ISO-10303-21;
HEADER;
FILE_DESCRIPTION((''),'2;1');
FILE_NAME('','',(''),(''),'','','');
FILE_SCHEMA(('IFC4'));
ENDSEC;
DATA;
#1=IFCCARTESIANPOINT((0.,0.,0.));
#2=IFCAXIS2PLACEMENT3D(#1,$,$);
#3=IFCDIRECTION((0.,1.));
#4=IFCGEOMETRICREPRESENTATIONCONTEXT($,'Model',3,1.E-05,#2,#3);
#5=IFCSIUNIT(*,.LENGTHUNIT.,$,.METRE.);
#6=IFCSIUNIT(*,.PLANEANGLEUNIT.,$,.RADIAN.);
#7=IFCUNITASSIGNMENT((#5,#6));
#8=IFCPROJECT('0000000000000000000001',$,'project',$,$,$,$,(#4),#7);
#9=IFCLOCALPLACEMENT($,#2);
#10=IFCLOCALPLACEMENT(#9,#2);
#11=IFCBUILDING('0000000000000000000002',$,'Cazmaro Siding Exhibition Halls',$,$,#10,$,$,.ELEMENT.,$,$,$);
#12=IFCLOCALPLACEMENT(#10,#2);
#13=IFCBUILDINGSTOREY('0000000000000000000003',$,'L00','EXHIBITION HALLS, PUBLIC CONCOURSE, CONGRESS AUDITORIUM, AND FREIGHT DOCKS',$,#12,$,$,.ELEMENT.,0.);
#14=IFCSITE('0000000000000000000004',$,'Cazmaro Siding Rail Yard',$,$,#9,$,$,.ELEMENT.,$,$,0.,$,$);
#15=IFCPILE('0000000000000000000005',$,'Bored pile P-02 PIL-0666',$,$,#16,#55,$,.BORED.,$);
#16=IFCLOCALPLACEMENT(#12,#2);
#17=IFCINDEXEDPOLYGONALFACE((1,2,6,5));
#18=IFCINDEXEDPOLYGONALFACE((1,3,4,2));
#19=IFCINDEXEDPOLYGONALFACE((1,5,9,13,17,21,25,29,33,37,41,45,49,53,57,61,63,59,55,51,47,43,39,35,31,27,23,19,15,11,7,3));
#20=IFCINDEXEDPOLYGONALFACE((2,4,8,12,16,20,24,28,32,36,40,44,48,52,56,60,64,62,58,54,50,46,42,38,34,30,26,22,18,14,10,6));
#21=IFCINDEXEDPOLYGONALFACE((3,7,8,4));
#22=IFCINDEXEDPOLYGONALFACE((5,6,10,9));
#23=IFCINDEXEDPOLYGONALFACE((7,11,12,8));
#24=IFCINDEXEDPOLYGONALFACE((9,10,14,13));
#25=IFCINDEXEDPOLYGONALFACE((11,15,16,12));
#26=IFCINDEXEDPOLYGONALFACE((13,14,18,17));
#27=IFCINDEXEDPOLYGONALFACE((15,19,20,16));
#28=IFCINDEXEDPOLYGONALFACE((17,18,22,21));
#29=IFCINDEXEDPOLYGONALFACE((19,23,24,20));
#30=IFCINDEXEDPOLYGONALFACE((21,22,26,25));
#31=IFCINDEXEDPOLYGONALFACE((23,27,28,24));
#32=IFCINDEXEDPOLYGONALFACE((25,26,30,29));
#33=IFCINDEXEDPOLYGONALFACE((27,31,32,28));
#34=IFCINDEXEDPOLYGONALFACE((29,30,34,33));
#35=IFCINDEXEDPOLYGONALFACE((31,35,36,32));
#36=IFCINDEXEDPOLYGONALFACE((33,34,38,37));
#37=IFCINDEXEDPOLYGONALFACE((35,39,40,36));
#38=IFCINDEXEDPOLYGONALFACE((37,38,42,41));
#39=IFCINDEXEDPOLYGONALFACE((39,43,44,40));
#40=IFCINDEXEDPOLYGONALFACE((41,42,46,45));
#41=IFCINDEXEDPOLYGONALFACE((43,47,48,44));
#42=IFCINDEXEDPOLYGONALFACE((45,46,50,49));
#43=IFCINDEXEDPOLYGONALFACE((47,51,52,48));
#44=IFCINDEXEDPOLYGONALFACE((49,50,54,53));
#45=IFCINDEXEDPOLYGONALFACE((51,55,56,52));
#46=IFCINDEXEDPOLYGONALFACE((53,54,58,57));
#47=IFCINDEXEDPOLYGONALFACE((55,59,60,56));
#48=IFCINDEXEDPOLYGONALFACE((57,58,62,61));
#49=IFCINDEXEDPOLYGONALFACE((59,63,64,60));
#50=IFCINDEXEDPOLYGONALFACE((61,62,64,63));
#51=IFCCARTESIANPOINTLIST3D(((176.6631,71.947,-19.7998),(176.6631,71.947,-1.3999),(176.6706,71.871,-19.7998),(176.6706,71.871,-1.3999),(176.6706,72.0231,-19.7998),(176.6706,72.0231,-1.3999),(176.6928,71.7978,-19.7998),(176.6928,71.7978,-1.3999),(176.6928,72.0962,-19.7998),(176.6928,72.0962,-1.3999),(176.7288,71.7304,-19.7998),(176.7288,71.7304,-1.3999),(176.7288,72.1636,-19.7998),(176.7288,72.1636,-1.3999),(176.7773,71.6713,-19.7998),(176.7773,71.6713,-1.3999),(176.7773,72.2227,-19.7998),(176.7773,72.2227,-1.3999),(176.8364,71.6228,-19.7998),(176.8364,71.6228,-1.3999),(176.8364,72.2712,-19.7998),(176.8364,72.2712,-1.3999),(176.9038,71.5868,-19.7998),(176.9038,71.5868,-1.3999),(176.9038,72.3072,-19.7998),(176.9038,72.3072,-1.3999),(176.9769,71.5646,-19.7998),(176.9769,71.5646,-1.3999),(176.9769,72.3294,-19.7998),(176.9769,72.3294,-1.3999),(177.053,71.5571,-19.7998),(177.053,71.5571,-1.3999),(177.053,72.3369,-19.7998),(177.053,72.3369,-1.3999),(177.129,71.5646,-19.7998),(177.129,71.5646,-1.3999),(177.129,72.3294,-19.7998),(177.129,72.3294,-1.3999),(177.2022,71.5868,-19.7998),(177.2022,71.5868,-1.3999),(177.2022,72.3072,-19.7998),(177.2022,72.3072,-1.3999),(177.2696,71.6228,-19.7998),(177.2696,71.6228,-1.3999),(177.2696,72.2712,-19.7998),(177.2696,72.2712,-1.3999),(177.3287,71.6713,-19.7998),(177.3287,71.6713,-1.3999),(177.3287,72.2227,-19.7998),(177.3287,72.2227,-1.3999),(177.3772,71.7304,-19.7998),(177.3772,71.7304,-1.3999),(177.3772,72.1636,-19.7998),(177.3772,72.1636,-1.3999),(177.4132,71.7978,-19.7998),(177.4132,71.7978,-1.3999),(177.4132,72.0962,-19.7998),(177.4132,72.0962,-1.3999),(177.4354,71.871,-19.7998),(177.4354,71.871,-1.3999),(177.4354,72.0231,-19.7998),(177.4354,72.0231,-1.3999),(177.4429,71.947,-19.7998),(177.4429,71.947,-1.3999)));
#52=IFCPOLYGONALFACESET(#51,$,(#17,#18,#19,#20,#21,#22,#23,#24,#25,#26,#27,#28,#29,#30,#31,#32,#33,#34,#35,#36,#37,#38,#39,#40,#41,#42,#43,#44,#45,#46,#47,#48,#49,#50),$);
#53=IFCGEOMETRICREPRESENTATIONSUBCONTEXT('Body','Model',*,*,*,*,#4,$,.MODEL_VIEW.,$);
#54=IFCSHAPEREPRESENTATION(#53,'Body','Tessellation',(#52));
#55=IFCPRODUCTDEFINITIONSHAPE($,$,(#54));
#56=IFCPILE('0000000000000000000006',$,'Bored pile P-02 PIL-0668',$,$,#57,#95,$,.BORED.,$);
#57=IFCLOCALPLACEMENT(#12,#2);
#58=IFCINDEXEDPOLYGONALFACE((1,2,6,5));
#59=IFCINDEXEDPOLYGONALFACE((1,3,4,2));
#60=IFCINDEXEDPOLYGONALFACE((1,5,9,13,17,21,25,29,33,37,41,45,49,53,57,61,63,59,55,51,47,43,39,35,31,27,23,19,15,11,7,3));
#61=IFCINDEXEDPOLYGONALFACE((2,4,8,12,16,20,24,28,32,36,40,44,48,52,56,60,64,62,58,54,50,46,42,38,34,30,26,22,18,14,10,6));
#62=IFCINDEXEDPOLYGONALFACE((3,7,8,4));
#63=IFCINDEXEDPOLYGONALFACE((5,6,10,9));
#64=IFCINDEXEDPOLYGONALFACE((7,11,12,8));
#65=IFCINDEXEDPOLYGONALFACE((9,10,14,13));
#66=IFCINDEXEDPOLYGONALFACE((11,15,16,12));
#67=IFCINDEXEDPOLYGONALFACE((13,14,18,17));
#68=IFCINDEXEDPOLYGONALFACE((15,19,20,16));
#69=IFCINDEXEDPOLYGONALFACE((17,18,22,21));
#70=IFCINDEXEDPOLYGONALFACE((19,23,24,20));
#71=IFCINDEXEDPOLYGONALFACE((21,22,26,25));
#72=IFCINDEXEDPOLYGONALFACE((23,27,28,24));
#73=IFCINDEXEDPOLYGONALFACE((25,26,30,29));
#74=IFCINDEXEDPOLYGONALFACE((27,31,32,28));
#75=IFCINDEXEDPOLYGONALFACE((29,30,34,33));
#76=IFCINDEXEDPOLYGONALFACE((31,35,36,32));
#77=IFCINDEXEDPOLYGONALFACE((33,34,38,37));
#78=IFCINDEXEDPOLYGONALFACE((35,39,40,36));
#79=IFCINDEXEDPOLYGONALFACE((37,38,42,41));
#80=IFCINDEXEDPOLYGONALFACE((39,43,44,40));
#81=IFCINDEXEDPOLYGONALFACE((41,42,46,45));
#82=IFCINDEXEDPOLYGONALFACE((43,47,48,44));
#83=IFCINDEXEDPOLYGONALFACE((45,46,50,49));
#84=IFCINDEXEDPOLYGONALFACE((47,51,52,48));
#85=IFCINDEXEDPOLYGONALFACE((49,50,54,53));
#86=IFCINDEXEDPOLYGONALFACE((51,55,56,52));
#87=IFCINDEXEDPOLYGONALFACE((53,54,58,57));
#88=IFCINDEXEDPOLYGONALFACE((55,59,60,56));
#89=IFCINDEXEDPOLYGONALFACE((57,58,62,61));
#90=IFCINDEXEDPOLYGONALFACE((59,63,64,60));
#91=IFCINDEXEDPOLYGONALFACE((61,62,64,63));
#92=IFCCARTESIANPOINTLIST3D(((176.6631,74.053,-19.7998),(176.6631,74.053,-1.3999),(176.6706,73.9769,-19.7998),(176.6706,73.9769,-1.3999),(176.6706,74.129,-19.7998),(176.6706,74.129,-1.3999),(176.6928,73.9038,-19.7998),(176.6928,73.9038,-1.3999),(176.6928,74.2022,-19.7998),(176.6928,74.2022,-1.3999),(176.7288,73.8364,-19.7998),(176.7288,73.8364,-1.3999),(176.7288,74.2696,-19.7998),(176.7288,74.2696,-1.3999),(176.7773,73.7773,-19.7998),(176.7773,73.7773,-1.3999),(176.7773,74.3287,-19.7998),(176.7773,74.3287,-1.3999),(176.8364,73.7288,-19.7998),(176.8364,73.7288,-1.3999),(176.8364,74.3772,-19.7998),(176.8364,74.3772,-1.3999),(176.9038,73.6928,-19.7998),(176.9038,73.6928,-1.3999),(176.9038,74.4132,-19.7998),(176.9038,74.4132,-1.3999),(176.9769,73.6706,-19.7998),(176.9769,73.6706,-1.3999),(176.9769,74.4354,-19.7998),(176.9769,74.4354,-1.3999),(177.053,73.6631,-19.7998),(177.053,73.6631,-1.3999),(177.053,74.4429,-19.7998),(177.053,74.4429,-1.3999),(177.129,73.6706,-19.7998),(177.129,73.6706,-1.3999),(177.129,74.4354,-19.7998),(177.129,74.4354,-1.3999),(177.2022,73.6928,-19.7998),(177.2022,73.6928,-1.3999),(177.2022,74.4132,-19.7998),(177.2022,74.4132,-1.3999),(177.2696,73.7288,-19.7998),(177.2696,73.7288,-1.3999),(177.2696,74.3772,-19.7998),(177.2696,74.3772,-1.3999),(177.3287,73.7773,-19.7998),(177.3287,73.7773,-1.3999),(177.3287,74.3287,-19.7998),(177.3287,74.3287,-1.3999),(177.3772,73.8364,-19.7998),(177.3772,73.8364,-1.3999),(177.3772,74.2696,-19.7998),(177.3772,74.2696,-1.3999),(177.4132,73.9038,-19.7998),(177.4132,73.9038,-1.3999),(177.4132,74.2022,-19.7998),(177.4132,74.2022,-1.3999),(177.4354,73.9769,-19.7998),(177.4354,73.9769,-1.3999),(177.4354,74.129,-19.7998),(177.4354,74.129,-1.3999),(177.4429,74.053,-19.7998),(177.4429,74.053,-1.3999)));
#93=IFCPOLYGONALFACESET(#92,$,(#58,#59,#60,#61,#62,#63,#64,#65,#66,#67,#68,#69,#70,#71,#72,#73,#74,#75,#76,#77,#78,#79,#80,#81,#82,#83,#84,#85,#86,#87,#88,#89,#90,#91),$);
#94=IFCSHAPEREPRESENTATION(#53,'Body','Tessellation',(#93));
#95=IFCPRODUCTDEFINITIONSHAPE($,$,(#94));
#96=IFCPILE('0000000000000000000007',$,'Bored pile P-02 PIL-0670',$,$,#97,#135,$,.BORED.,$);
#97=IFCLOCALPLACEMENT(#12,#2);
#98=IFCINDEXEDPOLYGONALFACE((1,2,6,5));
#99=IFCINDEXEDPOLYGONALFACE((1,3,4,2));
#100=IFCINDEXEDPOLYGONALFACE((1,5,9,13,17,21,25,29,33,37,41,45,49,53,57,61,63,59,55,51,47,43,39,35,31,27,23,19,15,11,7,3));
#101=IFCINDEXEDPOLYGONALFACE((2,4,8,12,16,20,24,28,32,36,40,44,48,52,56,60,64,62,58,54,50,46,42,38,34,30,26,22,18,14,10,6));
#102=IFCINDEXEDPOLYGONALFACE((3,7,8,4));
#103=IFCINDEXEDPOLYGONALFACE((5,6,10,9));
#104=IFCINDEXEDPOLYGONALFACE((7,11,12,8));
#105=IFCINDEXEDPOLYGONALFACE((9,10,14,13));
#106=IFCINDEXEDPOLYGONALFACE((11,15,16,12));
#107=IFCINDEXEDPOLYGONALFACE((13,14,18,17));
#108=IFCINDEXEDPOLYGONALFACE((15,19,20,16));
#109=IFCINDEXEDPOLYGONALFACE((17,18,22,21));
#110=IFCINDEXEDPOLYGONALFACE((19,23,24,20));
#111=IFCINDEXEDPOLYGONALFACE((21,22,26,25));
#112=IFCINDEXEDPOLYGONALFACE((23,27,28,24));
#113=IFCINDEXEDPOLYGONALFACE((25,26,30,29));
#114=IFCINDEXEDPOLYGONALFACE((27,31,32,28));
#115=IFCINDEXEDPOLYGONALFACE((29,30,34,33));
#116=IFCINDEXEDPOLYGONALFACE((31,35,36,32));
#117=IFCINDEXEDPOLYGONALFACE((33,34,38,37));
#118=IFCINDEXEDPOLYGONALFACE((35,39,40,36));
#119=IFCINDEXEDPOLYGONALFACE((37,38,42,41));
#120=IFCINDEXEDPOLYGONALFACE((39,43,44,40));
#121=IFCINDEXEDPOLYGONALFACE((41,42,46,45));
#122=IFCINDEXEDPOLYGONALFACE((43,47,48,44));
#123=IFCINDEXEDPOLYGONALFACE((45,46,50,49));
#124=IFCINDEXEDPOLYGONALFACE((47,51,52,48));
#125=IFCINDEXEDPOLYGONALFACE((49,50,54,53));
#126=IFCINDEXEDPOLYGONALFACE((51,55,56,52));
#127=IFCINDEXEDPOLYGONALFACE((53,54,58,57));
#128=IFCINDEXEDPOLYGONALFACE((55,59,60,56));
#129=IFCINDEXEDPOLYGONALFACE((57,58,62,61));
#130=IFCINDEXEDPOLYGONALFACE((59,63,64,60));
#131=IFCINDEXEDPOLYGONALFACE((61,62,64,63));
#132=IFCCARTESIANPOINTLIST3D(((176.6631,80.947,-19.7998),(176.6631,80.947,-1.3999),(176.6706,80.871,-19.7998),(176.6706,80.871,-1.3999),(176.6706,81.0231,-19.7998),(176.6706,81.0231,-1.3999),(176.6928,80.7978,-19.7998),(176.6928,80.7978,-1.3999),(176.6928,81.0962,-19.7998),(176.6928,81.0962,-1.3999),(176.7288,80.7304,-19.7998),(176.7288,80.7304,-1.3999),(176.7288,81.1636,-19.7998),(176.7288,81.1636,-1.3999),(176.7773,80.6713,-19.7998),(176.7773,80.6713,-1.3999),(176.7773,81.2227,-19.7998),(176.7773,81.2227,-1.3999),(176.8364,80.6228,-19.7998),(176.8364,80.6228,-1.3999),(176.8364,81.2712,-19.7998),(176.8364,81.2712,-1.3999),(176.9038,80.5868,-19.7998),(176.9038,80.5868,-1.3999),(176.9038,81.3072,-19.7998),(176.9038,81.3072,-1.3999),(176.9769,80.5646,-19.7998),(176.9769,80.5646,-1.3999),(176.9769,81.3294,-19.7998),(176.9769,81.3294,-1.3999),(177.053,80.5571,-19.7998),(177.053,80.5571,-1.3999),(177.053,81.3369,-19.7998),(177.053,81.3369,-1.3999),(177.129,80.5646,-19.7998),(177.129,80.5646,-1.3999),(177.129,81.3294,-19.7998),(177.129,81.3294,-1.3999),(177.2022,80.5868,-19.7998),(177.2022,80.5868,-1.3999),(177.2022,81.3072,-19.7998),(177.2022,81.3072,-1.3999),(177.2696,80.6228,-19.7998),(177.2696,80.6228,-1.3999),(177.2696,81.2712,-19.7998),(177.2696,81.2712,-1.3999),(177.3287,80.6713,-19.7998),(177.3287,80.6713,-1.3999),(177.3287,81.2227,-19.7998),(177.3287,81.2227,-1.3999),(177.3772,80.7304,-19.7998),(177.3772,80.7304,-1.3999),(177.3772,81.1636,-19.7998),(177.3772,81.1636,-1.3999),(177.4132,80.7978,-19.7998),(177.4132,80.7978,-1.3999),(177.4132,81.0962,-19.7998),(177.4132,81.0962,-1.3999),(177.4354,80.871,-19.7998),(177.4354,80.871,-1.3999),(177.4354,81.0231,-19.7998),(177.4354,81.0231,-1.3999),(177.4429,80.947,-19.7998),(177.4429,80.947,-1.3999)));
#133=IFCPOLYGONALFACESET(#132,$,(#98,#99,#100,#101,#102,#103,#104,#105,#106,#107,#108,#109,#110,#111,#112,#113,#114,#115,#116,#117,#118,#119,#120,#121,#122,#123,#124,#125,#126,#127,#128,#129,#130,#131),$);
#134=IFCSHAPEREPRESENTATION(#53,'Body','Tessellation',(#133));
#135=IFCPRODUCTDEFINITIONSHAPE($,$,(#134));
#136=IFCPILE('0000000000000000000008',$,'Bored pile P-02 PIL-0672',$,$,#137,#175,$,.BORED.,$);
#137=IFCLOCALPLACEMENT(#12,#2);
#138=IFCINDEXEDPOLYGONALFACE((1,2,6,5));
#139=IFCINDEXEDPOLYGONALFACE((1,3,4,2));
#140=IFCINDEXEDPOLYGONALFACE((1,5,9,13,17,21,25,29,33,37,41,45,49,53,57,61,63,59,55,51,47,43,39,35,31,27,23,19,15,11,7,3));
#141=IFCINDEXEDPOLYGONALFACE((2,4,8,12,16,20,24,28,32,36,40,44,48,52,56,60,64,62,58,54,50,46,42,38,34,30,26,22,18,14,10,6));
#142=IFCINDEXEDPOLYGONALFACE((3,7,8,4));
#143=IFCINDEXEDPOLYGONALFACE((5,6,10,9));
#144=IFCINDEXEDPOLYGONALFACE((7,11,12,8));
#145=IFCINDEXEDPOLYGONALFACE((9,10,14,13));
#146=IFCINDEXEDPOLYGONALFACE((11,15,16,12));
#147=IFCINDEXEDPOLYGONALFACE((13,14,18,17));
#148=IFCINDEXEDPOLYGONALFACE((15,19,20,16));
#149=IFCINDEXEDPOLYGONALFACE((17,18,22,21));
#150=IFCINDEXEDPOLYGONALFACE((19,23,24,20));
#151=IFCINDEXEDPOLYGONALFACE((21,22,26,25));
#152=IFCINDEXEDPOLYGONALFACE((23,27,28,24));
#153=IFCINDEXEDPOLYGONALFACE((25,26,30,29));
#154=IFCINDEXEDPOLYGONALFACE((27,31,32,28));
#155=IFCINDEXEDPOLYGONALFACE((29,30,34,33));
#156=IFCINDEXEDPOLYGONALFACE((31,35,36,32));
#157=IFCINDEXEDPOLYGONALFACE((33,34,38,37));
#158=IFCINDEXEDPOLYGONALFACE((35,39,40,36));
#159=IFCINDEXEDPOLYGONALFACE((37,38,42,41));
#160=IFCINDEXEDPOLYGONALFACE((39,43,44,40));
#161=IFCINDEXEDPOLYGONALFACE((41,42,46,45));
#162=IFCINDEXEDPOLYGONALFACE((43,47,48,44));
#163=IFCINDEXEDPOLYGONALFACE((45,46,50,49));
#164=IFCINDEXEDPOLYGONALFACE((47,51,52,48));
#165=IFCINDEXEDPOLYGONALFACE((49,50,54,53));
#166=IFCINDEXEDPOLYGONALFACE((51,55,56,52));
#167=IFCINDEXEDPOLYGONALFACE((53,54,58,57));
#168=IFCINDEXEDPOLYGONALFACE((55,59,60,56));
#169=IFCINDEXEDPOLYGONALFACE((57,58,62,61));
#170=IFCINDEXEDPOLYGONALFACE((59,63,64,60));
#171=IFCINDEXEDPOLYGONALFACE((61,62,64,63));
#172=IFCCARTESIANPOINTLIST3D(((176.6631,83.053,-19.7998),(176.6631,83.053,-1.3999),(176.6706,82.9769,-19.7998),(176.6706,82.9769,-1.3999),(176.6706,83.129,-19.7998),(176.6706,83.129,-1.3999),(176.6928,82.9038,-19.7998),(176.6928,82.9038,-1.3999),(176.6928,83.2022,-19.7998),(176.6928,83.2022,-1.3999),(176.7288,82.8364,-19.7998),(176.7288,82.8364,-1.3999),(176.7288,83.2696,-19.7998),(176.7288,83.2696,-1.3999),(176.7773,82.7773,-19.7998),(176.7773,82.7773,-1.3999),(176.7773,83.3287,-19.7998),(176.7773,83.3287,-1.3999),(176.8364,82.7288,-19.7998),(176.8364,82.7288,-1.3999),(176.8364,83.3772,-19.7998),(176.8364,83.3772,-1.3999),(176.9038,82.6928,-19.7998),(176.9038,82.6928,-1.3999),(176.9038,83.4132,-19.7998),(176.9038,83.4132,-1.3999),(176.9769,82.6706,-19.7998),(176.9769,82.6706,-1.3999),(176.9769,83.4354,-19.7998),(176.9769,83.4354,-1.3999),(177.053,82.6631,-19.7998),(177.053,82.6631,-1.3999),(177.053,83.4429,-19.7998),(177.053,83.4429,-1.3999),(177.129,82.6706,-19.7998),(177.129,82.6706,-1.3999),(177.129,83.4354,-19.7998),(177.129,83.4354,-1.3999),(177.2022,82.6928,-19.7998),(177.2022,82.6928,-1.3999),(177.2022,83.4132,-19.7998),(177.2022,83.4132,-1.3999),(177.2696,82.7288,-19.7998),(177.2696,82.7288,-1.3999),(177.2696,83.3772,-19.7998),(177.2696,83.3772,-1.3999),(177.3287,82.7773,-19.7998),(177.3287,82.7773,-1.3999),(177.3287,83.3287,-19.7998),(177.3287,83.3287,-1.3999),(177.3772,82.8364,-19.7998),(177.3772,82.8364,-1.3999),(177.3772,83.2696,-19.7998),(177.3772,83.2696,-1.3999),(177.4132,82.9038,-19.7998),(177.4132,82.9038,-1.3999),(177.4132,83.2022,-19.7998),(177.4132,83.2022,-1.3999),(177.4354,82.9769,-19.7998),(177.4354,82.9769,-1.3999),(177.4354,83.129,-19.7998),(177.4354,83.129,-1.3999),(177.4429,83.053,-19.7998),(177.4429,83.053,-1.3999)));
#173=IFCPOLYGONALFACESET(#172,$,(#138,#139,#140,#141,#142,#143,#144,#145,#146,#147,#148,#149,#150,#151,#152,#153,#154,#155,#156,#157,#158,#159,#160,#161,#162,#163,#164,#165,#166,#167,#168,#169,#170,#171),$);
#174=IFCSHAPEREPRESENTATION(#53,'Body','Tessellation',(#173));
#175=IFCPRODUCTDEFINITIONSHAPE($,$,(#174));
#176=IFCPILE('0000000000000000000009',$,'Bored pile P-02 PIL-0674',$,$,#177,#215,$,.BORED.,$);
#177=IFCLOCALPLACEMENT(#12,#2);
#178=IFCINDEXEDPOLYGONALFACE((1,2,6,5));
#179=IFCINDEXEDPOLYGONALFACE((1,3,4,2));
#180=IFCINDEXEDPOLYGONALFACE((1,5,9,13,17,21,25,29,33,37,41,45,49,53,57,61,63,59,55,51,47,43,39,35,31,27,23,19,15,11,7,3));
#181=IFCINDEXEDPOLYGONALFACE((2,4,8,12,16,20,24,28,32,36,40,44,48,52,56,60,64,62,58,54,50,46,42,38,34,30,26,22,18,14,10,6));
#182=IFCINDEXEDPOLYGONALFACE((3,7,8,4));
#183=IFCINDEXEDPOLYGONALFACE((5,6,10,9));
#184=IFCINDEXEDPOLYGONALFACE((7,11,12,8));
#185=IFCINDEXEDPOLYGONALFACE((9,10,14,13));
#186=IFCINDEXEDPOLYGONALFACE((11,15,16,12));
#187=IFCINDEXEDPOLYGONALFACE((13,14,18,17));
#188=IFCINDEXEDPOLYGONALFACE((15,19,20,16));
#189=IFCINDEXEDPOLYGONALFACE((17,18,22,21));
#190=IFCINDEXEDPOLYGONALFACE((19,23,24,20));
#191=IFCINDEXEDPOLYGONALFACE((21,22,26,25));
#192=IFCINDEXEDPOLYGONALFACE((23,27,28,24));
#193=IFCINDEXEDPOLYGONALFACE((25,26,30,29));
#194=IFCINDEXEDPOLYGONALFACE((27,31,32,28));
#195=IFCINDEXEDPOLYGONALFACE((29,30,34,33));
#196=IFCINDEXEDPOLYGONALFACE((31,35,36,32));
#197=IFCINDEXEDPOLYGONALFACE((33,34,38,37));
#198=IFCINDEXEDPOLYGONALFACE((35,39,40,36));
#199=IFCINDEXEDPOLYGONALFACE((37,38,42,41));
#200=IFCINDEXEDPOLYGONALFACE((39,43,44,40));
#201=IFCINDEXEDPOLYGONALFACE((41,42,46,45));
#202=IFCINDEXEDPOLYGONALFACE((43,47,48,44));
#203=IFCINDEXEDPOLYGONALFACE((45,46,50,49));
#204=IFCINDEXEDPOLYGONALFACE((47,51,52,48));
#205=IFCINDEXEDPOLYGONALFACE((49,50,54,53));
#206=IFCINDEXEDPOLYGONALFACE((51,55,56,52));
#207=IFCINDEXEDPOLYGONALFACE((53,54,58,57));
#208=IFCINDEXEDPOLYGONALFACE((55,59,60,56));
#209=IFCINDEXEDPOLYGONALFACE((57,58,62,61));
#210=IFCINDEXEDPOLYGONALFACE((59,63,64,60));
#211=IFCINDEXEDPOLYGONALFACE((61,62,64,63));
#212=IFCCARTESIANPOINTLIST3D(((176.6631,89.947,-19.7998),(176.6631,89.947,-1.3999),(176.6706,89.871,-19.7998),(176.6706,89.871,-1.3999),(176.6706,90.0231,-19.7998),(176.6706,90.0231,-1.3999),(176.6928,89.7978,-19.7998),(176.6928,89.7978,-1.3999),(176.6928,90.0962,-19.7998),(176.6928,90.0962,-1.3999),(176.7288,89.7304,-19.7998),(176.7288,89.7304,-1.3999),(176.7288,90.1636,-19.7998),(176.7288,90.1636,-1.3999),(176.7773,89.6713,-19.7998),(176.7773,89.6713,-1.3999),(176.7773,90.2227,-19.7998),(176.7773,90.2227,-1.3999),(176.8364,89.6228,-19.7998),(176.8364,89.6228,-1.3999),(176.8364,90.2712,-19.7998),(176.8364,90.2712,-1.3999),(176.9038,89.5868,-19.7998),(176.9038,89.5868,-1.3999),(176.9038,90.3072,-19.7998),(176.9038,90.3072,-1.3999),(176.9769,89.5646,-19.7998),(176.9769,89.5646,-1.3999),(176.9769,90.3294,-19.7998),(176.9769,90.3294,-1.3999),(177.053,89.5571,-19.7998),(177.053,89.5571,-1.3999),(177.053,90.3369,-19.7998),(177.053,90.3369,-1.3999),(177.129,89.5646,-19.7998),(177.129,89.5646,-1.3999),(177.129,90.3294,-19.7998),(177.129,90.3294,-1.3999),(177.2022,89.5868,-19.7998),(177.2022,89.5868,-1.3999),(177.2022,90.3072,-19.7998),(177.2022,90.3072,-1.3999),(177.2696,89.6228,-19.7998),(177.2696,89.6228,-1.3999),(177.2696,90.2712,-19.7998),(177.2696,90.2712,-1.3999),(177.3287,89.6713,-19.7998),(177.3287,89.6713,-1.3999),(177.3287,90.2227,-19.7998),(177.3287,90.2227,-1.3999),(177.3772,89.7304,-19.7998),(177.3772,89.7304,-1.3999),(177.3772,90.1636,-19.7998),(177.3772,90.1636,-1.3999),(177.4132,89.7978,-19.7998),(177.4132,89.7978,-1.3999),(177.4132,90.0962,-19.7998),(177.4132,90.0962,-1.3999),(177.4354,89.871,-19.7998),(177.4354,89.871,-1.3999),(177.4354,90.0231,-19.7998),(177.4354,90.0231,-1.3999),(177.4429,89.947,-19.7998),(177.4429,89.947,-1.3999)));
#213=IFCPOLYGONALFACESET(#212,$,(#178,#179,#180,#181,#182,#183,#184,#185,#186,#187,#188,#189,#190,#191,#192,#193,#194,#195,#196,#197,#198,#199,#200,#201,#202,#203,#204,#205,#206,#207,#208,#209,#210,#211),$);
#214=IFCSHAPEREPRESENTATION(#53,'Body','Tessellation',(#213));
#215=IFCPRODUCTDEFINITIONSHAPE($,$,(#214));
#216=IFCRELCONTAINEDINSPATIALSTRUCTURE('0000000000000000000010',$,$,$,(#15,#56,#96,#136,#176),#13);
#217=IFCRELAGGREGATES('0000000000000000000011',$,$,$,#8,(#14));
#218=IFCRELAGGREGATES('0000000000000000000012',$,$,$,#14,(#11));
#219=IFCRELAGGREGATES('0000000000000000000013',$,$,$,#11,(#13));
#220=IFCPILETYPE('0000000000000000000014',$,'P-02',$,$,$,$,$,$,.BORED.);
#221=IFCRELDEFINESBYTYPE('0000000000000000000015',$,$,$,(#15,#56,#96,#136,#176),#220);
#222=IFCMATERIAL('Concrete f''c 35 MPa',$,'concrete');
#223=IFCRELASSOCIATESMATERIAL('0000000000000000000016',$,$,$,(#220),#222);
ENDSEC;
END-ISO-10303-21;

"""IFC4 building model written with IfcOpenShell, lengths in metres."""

from ifc_helpers import new_model, si_unit, direction, frame, origin, origin_2d, place, context, subcontext, project, spatial, circle, extrude, material, material_profile, profile_set, type_object, element, save


model = new_model("IFC4")

# Units and contexts
model_context = context("Model", 3, precision=1e-05, world=origin(), true_north=direction((0.0, 1.0)))
body_context = subcontext(model_context, "Body", "Model", "MODEL_VIEW")
ifc_project = project(units=[si_unit("LENGTHUNIT", "METRE"), si_unit("PLANEANGLEUNIT", "RADIAN")], contexts=[model_context])

# Site, building, storey
site_placement = place(None, origin())
site = spatial("IfcSite", under=ifc_project, at=site_placement, Name="Cazmaro Siding Rail Yard", CompositionType="ELEMENT", RefElevation=0.0)
building_placement = place(site_placement, origin())
building = spatial("IfcBuilding", under=site, at=building_placement, Name="Cazmaro Siding Exhibition Halls", CompositionType="ELEMENT")
storey_placement = place(building_placement, origin())
storey = spatial("IfcBuildingStorey", under=building, at=storey_placement, Name="L00", Description="EXHIBITION HALLS, PUBLIC CONCOURSE, CONGRESS AUDITORIUM, AND FREIGHT DOCKS", CompositionType="ELEMENT", Elevation=0.0)

# Piles
ifc_material_1 = material(Name="Concrete f'c 35 MPa", Category="concrete")
ifc_material_profile_1 = material_profile(ifc_material_1, circle(Radius=0.3899, at=origin_2d()), Name="CIDH-780")
ifc_profile_set_1 = profile_set([ifc_material_profile_1], Name="Concrete f'c 35 MPa")
pile_type = type_object("IfcPileType", Name="P-02", PredefinedType="BORED", material=ifc_profile_set_1)
for number, where, z_axis, x_axis, name in (
    (1, (177.053, 71.947, -1.3999), (0.0, 0.0, -1.0), (1.0, 0.0, 0.0), "Bored pile P-02 PIL-0666"),
    (2, (177.053, 74.053, -1.3999), (0.0, 0.0, -1.0), (1.0, 0.0, 0.0), "Bored pile P-02 PIL-0668"),
    (3, (177.053, 80.947, -1.3999), (0.0, 0.0, -1.0), (1.0, 0.0, 0.0), "Bored pile P-02 PIL-0670"),
    (4, (177.053, 83.053, -1.3999), (0.0, 0.0, -1.0), (1.0, 0.0, 0.0), "Bored pile P-02 PIL-0672"),
    (5, (177.053, 89.947, -1.3999), (0.0, 0.0, -1.0), (1.0, 0.0, 0.0), "Bored pile P-02 PIL-0674"),
):
    element("IfcPile", number, at=place(storey_placement, frame(where, z_axis=z_axis, x_axis=x_axis)), inside=storey, type_object=pile_type, Name=name, PredefinedType="BORED", context=body_context, shape_type="SweptSolid", body=[
        extrude(circle(Radius=0.3899, at=origin_2d()), origin(), (0.0, 0.0, 1.0), 18.3999),
    ])

save(model, "model.ifc")
